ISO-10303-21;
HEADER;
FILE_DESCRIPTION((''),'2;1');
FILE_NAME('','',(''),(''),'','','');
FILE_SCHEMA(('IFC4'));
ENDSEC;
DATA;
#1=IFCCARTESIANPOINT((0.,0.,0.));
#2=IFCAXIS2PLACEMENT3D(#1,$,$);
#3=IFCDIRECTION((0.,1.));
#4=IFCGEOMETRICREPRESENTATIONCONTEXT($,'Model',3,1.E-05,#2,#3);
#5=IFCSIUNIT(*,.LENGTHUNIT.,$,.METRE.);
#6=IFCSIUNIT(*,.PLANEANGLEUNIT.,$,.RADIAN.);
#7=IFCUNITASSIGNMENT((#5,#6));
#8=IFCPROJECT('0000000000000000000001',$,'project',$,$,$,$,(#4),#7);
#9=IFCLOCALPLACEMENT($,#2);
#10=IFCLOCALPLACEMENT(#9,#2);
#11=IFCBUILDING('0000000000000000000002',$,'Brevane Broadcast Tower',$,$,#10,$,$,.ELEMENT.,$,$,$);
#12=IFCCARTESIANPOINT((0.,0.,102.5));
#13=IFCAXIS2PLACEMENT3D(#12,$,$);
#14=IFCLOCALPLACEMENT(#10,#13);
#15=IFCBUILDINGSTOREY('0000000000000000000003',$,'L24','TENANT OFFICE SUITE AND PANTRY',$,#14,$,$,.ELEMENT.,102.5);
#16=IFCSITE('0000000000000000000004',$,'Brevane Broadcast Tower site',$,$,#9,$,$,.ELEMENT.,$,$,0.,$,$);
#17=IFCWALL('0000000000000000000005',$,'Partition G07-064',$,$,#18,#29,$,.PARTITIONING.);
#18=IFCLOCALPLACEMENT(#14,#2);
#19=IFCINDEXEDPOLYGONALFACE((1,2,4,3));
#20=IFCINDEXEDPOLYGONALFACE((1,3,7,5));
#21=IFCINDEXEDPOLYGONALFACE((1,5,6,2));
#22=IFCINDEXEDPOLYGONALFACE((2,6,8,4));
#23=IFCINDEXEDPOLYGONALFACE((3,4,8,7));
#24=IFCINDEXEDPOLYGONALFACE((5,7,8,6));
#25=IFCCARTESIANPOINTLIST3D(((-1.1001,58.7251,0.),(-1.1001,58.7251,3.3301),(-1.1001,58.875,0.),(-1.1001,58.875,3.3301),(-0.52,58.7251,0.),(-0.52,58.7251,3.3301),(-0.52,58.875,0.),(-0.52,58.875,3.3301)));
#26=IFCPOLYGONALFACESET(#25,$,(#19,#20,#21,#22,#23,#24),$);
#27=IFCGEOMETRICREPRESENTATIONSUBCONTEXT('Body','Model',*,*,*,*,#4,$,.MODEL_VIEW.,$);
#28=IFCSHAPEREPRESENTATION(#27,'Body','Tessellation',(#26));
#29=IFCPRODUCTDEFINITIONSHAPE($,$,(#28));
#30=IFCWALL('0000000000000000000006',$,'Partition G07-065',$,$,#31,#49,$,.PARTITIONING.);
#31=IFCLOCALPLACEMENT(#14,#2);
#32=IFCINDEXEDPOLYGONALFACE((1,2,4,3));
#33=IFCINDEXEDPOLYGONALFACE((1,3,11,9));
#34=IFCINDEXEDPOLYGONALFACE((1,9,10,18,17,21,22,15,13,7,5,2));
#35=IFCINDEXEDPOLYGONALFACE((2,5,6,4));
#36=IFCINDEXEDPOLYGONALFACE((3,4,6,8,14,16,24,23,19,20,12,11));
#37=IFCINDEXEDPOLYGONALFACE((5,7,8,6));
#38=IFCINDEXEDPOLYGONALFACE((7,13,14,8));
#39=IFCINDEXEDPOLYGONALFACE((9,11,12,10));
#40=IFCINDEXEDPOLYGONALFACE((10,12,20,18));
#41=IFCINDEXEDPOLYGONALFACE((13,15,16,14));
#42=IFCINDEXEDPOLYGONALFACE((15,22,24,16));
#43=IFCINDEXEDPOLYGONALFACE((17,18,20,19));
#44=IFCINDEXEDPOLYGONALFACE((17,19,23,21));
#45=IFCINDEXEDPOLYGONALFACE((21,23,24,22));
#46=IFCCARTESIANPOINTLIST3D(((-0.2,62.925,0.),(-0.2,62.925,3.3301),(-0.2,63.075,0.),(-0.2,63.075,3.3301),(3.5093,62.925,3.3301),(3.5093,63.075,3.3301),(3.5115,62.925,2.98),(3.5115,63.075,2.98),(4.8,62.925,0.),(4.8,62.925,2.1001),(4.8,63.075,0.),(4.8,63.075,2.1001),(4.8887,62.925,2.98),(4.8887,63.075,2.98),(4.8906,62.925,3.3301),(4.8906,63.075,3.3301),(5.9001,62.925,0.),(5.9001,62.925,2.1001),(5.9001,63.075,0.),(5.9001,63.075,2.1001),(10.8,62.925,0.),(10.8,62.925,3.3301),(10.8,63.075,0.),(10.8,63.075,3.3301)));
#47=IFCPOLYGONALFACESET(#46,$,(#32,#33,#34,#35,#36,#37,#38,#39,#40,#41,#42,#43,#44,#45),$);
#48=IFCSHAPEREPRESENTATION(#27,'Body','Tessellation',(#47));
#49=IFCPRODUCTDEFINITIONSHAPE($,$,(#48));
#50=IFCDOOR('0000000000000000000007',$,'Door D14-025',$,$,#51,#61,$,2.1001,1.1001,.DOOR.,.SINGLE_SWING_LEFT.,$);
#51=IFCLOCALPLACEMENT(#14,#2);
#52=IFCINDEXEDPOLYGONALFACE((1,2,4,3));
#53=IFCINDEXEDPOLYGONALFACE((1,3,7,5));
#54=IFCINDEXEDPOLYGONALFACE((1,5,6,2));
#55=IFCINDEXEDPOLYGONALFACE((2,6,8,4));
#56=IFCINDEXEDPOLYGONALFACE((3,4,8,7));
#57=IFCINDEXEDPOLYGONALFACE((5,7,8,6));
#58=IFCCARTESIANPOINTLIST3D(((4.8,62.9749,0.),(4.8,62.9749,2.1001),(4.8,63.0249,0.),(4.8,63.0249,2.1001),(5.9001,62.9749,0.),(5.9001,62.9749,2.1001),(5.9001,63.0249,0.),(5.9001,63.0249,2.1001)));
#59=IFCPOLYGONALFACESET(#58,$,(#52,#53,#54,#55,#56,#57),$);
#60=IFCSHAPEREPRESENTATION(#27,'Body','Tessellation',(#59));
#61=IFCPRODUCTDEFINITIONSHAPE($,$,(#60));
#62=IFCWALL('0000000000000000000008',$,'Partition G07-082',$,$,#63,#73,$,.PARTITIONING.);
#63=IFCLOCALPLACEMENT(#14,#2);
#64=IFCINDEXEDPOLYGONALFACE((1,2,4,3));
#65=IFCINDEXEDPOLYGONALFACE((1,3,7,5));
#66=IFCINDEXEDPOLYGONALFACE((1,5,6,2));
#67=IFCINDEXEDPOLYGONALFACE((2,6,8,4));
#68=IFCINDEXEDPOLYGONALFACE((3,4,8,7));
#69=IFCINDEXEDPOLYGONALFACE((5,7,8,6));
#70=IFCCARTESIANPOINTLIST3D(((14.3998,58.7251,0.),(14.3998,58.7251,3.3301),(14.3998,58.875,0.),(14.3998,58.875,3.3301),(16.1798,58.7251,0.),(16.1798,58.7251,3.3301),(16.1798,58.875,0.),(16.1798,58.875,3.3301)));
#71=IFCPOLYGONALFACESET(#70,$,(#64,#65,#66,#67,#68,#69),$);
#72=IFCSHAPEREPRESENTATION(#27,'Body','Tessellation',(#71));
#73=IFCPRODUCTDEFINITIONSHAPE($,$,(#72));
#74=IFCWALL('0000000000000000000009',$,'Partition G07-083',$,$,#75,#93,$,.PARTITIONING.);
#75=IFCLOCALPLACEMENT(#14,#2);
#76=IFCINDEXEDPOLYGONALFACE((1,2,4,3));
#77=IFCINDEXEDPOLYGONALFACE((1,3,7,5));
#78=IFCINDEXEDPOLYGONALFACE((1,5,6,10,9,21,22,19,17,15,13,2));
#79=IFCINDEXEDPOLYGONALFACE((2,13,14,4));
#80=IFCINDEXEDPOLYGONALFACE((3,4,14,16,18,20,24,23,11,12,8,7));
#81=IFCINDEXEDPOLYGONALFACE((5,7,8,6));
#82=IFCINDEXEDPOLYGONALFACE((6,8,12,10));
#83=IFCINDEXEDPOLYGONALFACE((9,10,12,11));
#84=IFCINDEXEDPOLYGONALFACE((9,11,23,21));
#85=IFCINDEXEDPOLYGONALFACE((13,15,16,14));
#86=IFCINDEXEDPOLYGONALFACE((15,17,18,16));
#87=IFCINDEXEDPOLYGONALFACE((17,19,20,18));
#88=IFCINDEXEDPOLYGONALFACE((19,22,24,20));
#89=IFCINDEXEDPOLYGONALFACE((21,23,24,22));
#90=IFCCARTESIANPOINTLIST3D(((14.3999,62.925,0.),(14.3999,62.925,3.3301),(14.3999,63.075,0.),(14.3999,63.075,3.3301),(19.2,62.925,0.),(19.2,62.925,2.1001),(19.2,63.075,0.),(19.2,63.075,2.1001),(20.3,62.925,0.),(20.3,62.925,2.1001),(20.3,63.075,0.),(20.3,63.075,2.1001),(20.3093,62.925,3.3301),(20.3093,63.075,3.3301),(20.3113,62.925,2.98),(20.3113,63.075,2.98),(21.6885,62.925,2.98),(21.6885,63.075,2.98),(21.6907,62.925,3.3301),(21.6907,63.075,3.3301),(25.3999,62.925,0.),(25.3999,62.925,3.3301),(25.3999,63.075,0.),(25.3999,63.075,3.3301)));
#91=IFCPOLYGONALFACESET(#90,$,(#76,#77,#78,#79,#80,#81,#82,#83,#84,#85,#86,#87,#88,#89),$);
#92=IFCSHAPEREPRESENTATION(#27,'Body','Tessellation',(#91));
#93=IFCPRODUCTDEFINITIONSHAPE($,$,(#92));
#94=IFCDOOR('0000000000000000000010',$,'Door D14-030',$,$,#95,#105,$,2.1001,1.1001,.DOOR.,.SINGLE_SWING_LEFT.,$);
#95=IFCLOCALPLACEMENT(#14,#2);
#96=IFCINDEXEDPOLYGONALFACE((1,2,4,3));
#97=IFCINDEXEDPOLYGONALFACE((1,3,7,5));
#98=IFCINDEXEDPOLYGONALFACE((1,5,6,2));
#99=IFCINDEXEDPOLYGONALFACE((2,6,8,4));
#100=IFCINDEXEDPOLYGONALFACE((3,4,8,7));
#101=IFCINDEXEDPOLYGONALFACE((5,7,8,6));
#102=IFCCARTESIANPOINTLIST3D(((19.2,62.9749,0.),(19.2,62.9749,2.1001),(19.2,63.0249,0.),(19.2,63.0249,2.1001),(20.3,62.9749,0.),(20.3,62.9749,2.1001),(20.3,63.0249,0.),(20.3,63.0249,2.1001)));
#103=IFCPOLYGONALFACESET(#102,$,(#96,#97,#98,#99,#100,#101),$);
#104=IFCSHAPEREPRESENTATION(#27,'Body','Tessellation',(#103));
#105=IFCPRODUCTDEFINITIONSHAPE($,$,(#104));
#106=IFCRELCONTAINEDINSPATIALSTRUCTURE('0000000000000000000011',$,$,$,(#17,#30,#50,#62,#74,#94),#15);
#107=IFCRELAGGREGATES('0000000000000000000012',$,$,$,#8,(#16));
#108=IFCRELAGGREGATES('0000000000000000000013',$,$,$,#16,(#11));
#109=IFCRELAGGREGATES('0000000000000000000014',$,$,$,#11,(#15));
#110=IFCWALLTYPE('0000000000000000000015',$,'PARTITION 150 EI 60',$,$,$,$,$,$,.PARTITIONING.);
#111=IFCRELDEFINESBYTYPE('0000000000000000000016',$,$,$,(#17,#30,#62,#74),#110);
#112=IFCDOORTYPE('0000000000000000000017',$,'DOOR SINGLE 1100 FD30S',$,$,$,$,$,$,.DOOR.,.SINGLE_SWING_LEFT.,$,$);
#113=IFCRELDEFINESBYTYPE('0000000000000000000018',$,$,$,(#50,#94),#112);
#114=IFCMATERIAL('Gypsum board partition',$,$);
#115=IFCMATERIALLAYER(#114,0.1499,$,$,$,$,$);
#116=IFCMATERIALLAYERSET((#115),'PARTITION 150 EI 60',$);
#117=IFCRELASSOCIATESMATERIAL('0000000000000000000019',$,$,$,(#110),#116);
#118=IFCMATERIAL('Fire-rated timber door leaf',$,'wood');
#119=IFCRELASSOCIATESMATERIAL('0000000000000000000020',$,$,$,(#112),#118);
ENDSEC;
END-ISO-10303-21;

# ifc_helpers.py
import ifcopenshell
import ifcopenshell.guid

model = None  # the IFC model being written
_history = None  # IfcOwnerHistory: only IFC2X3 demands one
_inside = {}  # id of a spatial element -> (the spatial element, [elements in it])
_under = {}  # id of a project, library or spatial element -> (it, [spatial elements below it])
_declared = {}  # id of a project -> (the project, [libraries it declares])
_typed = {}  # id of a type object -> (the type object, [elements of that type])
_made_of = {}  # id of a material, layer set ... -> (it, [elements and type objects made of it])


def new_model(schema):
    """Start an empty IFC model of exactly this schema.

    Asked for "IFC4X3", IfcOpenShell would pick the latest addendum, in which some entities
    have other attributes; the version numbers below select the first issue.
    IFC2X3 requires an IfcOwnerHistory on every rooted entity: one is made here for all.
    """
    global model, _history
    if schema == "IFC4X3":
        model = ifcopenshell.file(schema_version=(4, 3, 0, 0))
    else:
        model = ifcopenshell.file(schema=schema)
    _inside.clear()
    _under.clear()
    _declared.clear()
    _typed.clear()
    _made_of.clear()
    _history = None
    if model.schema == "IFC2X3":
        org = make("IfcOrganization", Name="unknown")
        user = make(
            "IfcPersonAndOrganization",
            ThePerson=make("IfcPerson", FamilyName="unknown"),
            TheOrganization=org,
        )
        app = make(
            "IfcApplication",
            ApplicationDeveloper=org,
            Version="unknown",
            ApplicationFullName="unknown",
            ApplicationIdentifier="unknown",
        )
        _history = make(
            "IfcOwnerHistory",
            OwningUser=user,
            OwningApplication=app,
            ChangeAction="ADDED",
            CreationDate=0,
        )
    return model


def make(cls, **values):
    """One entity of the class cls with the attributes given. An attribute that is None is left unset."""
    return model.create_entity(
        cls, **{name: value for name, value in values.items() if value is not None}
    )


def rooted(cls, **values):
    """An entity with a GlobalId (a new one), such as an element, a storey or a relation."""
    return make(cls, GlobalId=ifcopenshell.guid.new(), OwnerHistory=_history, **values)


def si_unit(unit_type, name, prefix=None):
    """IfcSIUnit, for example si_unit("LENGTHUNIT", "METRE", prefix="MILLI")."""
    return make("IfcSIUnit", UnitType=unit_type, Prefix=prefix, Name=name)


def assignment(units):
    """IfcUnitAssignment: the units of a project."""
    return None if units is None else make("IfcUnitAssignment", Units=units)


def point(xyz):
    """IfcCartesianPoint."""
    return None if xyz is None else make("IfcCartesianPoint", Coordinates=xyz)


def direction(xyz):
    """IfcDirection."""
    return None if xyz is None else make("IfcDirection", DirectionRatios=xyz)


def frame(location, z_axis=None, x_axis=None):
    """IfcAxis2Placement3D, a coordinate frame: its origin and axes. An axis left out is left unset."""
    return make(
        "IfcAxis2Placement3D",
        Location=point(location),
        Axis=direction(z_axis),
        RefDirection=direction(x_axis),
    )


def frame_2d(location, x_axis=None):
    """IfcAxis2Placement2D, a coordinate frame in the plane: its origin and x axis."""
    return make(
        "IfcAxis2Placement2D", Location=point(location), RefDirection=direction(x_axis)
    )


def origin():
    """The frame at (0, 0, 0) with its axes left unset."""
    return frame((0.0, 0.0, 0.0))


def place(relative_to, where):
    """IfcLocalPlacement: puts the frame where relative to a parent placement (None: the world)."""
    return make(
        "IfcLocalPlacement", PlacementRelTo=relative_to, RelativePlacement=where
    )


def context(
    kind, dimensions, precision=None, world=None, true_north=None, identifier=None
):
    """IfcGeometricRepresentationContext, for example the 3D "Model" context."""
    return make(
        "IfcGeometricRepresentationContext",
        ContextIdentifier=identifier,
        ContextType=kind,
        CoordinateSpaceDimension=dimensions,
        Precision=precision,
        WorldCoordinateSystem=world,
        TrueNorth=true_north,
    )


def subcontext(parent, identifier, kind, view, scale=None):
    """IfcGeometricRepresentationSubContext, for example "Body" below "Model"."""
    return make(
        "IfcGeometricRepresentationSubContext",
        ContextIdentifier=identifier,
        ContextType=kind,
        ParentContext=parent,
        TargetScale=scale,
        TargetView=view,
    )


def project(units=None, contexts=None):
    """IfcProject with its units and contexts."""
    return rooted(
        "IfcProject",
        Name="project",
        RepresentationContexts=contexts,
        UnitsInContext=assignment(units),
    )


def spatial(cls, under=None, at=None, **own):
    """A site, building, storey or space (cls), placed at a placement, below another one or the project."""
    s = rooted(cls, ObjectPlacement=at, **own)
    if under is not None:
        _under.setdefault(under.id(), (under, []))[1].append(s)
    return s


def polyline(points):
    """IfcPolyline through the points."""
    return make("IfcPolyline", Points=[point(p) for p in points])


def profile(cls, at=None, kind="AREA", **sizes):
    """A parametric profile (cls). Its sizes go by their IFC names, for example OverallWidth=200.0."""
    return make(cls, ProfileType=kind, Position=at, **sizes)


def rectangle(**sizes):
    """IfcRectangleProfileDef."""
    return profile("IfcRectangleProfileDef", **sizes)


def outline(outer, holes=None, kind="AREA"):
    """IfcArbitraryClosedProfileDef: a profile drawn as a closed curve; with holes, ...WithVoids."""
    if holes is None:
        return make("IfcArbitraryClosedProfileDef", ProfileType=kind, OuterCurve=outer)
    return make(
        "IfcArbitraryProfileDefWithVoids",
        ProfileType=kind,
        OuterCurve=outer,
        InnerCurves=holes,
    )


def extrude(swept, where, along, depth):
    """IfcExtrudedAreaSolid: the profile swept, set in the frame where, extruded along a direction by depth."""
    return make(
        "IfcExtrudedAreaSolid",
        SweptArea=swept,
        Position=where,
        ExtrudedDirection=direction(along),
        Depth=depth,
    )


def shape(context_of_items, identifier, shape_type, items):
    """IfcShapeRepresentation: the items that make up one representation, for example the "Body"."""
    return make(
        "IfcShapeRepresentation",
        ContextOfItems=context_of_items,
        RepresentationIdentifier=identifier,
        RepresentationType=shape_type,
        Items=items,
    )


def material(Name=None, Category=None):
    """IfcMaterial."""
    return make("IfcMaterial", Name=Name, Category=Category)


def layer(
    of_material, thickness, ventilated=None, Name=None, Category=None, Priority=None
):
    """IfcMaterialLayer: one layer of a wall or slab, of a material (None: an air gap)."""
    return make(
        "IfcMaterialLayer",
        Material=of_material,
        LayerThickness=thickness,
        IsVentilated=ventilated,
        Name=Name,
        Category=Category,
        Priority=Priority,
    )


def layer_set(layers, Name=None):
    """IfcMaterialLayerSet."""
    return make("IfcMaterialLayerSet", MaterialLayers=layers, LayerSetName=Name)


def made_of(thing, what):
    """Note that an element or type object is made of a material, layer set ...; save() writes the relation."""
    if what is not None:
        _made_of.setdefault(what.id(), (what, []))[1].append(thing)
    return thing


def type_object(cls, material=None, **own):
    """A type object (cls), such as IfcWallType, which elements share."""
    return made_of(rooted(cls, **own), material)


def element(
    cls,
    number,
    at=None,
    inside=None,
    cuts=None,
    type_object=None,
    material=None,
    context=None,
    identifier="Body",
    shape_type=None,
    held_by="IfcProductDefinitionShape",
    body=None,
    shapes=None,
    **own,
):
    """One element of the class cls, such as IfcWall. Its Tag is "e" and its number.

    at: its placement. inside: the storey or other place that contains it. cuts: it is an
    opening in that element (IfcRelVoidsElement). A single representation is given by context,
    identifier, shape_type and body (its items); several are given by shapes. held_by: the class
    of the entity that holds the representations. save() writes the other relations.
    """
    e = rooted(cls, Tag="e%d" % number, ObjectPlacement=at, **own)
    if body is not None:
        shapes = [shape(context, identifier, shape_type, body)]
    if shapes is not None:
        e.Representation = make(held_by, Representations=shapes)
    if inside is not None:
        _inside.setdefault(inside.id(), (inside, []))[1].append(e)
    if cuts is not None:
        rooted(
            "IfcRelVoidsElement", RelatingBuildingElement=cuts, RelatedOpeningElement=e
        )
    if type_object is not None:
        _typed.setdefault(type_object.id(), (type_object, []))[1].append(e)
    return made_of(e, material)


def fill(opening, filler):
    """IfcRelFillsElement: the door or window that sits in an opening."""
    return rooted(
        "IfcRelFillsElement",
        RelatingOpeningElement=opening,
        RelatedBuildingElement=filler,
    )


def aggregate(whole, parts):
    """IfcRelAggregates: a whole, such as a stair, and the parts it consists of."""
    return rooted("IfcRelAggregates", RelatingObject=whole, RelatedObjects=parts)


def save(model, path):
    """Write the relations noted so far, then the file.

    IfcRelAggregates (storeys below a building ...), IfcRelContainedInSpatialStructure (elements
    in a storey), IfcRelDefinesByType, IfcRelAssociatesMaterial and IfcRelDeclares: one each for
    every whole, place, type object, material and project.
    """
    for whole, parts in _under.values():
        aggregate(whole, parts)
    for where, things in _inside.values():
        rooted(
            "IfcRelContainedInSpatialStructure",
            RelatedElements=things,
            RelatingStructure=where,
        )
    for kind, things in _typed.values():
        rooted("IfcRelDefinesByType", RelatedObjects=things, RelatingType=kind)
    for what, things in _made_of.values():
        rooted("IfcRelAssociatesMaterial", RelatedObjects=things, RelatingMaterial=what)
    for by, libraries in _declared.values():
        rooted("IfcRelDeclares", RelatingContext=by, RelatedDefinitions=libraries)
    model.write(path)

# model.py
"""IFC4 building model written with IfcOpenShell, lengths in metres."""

from ifc_helpers import new_model, si_unit, direction, frame, frame_2d, origin, place, context, subcontext, project, spatial, polyline, rectangle, outline, extrude, material, layer, layer_set, type_object, element, fill, save


model = new_model("IFC4")

# Units and contexts
model_context = context("Model", 3, precision=1e-05, world=origin(), true_north=direction((0.0, 1.0)))
body_context = subcontext(model_context, "Body", "Model", "MODEL_VIEW")
ifc_project = project(units=[si_unit("LENGTHUNIT", "METRE"), si_unit("PLANEANGLEUNIT", "RADIAN")], contexts=[model_context])

# Site, building, storey
site_placement = place(None, origin())
site = spatial("IfcSite", under=ifc_project, at=site_placement, Name="Brevane Broadcast Tower site", CompositionType="ELEMENT", RefElevation=0.0)
building_placement = place(site_placement, origin())
building = spatial("IfcBuilding", under=site, at=building_placement, Name="Brevane Broadcast Tower", CompositionType="ELEMENT")
storey_placement = place(building_placement, frame((0.0, 0.0, 102.5)))
storey = spatial("IfcBuildingStorey", under=building, at=storey_placement, Name="L24", Description="TENANT OFFICE SUITE AND PANTRY", CompositionType="ELEMENT", Elevation=102.5)

# Shared definitions
ifc_material_1 = material(Name="Gypsum board partition")
ifc_layer = layer(ifc_material_1, 0.1499)
ifc_layer_set = layer_set([ifc_layer], Name="PARTITION 150 EI 60")
wall_type = type_object("IfcWallType", Name="PARTITION 150 EI 60", PredefinedType="PARTITIONING", material=ifc_layer_set)

# Shared definitions
ifc_material_2 = material(Name="Fire-rated timber door leaf", Category="wood")
door_type = type_object("IfcDoorType", Name="DOOR SINGLE 1100 FD30S", OperationType="SINGLE_SWING_LEFT", PredefinedType="DOOR", material=ifc_material_2)

# Wall
wall_1_placement = place(storey_placement, frame((-0.52, 58.8, 0.0), z_axis=(0.0, 0.0, 1.0), x_axis=(-1.0, 0.0, 0.0)))
element("IfcWall", 1, at=wall_1_placement, inside=storey, type_object=wall_type, Name="Partition G07-064", PredefinedType="PARTITIONING", context=body_context, shape_type="SweptSolid", body=[
    extrude(rectangle(XDim=0.5801, YDim=0.1499, at=frame_2d((0.29, 0.0))), origin(), (0.0, 0.0, 1.0), 3.3301),
])

# Wall, opening, door
wall_2_placement = place(storey_placement, frame((-0.2, 63.0, 0.0), z_axis=(0.0, 0.0, 1.0), x_axis=(1.0, 0.0, 0.0)))
wall_2 = element("IfcWall", 2, at=wall_2_placement, inside=storey, type_object=wall_type, Name="Partition G07-065", PredefinedType="PARTITIONING", context=body_context, shape_type="SweptSolid", body=[
    extrude(outline(polyline([(0.0, 0.0), (11.0, 0.0), (11.0, 3.3301), (5.0906, 3.3301), (5.0886, 2.98), (3.7114, 2.98), (3.7092, 3.3301), (0.0, 3.3301), (0.0, 0.0)])), frame((0.0, 0.075, 0.0), z_axis=(0.0, -1.0, 0.0), x_axis=(1.0, 0.0, 0.0)), (0.0, 0.0, 1.0), 0.1499),
])
opening_1_placement = place(wall_2_placement, frame((5.0, 0.0, 0.0)))
opening_1 = element("IfcOpeningElement", 3, at=opening_1_placement, cuts=wall_2, PredefinedType="OPENING", context=body_context, shape_type="SweptSolid", body=[
    extrude(rectangle(XDim=1.1001, YDim=2.1001, at=frame_2d((0.55, 1.05))), frame((0.0, 0.085, 0.0), z_axis=(0.0, -1.0, 0.0), x_axis=(1.0, 0.0, 0.0)), (0.0, 0.0, 1.0), 0.1699),
])
door_1_placement = place(opening_1_placement, origin())
door_1 = element("IfcDoor", 4, at=door_1_placement, inside=storey, type_object=door_type, Name="Door D14-025", OperationType="SINGLE_SWING_LEFT", OverallHeight=2.1001, OverallWidth=1.1001, PredefinedType="DOOR", context=body_context, shape_type="SweptSolid", body=[
    extrude(rectangle(XDim=1.1001, YDim=2.1001, at=frame_2d((0.55, 1.05))), frame((0.0, 0.0249, 0.0), z_axis=(0.0, -1.0, 0.0), x_axis=(1.0, 0.0, 0.0)), (0.0, 0.0, 1.0), 0.05),
])
fill(opening_1, door_1)

# Wall
wall_3_placement = place(storey_placement, frame((16.1799, 58.8, 0.0), z_axis=(0.0, 0.0, 1.0), x_axis=(-1.0, 0.0, 0.0)))
element("IfcWall", 5, at=wall_3_placement, inside=storey, type_object=wall_type, Name="Partition G07-082", PredefinedType="PARTITIONING", context=body_context, shape_type="SweptSolid", body=[
    extrude(rectangle(XDim=1.78, YDim=0.1499, at=frame_2d((0.8901, 0.0))), origin(), (0.0, 0.0, 1.0), 3.3301),
])

# Wall, opening, door
wall_4_placement = place(storey_placement, frame((14.3999, 63.0, 0.0), z_axis=(0.0, 0.0, 1.0), x_axis=(1.0, 0.0, 0.0)))
wall_4 = element("IfcWall", 6, at=wall_4_placement, inside=storey, type_object=wall_type, Name="Partition G07-083", PredefinedType="PARTITIONING", context=body_context, shape_type="SweptSolid", body=[
    extrude(outline(polyline([(0.0, 0.0), (11.0, 0.0), (11.0, 3.3301), (7.2908, 3.3301), (7.2886, 2.98), (5.9114, 2.98), (5.9094, 3.3301), (0.0, 3.3301), (0.0, 0.0)])), frame((0.0, 0.075, 0.0), z_axis=(0.0, -1.0, 0.0), x_axis=(1.0, 0.0, 0.0)), (0.0, 0.0, 1.0), 0.1499),
])
opening_2_placement = place(wall_4_placement, frame((4.8, 0.0, 0.0)))
opening_2 = element("IfcOpeningElement", 7, at=opening_2_placement, cuts=wall_4, PredefinedType="OPENING", context=body_context, shape_type="SweptSolid", body=[
    extrude(rectangle(XDim=1.1001, YDim=2.1001, at=frame_2d((0.55, 1.05))), frame((0.0, 0.085, 0.0), z_axis=(0.0, -1.0, 0.0), x_axis=(1.0, 0.0, 0.0)), (0.0, 0.0, 1.0), 0.1699),
])
door_2_placement = place(opening_2_placement, origin())
door_2 = element("IfcDoor", 8, at=door_2_placement, inside=storey, type_object=door_type, Name="Door D14-030", OperationType="SINGLE_SWING_LEFT", OverallHeight=2.1001, OverallWidth=1.1001, PredefinedType="DOOR", context=body_context, shape_type="SweptSolid", body=[
    extrude(rectangle(XDim=1.1001, YDim=2.1001, at=frame_2d((0.55, 1.05))), frame((0.0, 0.0249, 0.0), z_axis=(0.0, -1.0, 0.0), x_axis=(1.0, 0.0, 0.0)), (0.0, 0.0, 1.0), 0.05),
])
fill(opening_2, door_2)

save(model, "model.ifc")
